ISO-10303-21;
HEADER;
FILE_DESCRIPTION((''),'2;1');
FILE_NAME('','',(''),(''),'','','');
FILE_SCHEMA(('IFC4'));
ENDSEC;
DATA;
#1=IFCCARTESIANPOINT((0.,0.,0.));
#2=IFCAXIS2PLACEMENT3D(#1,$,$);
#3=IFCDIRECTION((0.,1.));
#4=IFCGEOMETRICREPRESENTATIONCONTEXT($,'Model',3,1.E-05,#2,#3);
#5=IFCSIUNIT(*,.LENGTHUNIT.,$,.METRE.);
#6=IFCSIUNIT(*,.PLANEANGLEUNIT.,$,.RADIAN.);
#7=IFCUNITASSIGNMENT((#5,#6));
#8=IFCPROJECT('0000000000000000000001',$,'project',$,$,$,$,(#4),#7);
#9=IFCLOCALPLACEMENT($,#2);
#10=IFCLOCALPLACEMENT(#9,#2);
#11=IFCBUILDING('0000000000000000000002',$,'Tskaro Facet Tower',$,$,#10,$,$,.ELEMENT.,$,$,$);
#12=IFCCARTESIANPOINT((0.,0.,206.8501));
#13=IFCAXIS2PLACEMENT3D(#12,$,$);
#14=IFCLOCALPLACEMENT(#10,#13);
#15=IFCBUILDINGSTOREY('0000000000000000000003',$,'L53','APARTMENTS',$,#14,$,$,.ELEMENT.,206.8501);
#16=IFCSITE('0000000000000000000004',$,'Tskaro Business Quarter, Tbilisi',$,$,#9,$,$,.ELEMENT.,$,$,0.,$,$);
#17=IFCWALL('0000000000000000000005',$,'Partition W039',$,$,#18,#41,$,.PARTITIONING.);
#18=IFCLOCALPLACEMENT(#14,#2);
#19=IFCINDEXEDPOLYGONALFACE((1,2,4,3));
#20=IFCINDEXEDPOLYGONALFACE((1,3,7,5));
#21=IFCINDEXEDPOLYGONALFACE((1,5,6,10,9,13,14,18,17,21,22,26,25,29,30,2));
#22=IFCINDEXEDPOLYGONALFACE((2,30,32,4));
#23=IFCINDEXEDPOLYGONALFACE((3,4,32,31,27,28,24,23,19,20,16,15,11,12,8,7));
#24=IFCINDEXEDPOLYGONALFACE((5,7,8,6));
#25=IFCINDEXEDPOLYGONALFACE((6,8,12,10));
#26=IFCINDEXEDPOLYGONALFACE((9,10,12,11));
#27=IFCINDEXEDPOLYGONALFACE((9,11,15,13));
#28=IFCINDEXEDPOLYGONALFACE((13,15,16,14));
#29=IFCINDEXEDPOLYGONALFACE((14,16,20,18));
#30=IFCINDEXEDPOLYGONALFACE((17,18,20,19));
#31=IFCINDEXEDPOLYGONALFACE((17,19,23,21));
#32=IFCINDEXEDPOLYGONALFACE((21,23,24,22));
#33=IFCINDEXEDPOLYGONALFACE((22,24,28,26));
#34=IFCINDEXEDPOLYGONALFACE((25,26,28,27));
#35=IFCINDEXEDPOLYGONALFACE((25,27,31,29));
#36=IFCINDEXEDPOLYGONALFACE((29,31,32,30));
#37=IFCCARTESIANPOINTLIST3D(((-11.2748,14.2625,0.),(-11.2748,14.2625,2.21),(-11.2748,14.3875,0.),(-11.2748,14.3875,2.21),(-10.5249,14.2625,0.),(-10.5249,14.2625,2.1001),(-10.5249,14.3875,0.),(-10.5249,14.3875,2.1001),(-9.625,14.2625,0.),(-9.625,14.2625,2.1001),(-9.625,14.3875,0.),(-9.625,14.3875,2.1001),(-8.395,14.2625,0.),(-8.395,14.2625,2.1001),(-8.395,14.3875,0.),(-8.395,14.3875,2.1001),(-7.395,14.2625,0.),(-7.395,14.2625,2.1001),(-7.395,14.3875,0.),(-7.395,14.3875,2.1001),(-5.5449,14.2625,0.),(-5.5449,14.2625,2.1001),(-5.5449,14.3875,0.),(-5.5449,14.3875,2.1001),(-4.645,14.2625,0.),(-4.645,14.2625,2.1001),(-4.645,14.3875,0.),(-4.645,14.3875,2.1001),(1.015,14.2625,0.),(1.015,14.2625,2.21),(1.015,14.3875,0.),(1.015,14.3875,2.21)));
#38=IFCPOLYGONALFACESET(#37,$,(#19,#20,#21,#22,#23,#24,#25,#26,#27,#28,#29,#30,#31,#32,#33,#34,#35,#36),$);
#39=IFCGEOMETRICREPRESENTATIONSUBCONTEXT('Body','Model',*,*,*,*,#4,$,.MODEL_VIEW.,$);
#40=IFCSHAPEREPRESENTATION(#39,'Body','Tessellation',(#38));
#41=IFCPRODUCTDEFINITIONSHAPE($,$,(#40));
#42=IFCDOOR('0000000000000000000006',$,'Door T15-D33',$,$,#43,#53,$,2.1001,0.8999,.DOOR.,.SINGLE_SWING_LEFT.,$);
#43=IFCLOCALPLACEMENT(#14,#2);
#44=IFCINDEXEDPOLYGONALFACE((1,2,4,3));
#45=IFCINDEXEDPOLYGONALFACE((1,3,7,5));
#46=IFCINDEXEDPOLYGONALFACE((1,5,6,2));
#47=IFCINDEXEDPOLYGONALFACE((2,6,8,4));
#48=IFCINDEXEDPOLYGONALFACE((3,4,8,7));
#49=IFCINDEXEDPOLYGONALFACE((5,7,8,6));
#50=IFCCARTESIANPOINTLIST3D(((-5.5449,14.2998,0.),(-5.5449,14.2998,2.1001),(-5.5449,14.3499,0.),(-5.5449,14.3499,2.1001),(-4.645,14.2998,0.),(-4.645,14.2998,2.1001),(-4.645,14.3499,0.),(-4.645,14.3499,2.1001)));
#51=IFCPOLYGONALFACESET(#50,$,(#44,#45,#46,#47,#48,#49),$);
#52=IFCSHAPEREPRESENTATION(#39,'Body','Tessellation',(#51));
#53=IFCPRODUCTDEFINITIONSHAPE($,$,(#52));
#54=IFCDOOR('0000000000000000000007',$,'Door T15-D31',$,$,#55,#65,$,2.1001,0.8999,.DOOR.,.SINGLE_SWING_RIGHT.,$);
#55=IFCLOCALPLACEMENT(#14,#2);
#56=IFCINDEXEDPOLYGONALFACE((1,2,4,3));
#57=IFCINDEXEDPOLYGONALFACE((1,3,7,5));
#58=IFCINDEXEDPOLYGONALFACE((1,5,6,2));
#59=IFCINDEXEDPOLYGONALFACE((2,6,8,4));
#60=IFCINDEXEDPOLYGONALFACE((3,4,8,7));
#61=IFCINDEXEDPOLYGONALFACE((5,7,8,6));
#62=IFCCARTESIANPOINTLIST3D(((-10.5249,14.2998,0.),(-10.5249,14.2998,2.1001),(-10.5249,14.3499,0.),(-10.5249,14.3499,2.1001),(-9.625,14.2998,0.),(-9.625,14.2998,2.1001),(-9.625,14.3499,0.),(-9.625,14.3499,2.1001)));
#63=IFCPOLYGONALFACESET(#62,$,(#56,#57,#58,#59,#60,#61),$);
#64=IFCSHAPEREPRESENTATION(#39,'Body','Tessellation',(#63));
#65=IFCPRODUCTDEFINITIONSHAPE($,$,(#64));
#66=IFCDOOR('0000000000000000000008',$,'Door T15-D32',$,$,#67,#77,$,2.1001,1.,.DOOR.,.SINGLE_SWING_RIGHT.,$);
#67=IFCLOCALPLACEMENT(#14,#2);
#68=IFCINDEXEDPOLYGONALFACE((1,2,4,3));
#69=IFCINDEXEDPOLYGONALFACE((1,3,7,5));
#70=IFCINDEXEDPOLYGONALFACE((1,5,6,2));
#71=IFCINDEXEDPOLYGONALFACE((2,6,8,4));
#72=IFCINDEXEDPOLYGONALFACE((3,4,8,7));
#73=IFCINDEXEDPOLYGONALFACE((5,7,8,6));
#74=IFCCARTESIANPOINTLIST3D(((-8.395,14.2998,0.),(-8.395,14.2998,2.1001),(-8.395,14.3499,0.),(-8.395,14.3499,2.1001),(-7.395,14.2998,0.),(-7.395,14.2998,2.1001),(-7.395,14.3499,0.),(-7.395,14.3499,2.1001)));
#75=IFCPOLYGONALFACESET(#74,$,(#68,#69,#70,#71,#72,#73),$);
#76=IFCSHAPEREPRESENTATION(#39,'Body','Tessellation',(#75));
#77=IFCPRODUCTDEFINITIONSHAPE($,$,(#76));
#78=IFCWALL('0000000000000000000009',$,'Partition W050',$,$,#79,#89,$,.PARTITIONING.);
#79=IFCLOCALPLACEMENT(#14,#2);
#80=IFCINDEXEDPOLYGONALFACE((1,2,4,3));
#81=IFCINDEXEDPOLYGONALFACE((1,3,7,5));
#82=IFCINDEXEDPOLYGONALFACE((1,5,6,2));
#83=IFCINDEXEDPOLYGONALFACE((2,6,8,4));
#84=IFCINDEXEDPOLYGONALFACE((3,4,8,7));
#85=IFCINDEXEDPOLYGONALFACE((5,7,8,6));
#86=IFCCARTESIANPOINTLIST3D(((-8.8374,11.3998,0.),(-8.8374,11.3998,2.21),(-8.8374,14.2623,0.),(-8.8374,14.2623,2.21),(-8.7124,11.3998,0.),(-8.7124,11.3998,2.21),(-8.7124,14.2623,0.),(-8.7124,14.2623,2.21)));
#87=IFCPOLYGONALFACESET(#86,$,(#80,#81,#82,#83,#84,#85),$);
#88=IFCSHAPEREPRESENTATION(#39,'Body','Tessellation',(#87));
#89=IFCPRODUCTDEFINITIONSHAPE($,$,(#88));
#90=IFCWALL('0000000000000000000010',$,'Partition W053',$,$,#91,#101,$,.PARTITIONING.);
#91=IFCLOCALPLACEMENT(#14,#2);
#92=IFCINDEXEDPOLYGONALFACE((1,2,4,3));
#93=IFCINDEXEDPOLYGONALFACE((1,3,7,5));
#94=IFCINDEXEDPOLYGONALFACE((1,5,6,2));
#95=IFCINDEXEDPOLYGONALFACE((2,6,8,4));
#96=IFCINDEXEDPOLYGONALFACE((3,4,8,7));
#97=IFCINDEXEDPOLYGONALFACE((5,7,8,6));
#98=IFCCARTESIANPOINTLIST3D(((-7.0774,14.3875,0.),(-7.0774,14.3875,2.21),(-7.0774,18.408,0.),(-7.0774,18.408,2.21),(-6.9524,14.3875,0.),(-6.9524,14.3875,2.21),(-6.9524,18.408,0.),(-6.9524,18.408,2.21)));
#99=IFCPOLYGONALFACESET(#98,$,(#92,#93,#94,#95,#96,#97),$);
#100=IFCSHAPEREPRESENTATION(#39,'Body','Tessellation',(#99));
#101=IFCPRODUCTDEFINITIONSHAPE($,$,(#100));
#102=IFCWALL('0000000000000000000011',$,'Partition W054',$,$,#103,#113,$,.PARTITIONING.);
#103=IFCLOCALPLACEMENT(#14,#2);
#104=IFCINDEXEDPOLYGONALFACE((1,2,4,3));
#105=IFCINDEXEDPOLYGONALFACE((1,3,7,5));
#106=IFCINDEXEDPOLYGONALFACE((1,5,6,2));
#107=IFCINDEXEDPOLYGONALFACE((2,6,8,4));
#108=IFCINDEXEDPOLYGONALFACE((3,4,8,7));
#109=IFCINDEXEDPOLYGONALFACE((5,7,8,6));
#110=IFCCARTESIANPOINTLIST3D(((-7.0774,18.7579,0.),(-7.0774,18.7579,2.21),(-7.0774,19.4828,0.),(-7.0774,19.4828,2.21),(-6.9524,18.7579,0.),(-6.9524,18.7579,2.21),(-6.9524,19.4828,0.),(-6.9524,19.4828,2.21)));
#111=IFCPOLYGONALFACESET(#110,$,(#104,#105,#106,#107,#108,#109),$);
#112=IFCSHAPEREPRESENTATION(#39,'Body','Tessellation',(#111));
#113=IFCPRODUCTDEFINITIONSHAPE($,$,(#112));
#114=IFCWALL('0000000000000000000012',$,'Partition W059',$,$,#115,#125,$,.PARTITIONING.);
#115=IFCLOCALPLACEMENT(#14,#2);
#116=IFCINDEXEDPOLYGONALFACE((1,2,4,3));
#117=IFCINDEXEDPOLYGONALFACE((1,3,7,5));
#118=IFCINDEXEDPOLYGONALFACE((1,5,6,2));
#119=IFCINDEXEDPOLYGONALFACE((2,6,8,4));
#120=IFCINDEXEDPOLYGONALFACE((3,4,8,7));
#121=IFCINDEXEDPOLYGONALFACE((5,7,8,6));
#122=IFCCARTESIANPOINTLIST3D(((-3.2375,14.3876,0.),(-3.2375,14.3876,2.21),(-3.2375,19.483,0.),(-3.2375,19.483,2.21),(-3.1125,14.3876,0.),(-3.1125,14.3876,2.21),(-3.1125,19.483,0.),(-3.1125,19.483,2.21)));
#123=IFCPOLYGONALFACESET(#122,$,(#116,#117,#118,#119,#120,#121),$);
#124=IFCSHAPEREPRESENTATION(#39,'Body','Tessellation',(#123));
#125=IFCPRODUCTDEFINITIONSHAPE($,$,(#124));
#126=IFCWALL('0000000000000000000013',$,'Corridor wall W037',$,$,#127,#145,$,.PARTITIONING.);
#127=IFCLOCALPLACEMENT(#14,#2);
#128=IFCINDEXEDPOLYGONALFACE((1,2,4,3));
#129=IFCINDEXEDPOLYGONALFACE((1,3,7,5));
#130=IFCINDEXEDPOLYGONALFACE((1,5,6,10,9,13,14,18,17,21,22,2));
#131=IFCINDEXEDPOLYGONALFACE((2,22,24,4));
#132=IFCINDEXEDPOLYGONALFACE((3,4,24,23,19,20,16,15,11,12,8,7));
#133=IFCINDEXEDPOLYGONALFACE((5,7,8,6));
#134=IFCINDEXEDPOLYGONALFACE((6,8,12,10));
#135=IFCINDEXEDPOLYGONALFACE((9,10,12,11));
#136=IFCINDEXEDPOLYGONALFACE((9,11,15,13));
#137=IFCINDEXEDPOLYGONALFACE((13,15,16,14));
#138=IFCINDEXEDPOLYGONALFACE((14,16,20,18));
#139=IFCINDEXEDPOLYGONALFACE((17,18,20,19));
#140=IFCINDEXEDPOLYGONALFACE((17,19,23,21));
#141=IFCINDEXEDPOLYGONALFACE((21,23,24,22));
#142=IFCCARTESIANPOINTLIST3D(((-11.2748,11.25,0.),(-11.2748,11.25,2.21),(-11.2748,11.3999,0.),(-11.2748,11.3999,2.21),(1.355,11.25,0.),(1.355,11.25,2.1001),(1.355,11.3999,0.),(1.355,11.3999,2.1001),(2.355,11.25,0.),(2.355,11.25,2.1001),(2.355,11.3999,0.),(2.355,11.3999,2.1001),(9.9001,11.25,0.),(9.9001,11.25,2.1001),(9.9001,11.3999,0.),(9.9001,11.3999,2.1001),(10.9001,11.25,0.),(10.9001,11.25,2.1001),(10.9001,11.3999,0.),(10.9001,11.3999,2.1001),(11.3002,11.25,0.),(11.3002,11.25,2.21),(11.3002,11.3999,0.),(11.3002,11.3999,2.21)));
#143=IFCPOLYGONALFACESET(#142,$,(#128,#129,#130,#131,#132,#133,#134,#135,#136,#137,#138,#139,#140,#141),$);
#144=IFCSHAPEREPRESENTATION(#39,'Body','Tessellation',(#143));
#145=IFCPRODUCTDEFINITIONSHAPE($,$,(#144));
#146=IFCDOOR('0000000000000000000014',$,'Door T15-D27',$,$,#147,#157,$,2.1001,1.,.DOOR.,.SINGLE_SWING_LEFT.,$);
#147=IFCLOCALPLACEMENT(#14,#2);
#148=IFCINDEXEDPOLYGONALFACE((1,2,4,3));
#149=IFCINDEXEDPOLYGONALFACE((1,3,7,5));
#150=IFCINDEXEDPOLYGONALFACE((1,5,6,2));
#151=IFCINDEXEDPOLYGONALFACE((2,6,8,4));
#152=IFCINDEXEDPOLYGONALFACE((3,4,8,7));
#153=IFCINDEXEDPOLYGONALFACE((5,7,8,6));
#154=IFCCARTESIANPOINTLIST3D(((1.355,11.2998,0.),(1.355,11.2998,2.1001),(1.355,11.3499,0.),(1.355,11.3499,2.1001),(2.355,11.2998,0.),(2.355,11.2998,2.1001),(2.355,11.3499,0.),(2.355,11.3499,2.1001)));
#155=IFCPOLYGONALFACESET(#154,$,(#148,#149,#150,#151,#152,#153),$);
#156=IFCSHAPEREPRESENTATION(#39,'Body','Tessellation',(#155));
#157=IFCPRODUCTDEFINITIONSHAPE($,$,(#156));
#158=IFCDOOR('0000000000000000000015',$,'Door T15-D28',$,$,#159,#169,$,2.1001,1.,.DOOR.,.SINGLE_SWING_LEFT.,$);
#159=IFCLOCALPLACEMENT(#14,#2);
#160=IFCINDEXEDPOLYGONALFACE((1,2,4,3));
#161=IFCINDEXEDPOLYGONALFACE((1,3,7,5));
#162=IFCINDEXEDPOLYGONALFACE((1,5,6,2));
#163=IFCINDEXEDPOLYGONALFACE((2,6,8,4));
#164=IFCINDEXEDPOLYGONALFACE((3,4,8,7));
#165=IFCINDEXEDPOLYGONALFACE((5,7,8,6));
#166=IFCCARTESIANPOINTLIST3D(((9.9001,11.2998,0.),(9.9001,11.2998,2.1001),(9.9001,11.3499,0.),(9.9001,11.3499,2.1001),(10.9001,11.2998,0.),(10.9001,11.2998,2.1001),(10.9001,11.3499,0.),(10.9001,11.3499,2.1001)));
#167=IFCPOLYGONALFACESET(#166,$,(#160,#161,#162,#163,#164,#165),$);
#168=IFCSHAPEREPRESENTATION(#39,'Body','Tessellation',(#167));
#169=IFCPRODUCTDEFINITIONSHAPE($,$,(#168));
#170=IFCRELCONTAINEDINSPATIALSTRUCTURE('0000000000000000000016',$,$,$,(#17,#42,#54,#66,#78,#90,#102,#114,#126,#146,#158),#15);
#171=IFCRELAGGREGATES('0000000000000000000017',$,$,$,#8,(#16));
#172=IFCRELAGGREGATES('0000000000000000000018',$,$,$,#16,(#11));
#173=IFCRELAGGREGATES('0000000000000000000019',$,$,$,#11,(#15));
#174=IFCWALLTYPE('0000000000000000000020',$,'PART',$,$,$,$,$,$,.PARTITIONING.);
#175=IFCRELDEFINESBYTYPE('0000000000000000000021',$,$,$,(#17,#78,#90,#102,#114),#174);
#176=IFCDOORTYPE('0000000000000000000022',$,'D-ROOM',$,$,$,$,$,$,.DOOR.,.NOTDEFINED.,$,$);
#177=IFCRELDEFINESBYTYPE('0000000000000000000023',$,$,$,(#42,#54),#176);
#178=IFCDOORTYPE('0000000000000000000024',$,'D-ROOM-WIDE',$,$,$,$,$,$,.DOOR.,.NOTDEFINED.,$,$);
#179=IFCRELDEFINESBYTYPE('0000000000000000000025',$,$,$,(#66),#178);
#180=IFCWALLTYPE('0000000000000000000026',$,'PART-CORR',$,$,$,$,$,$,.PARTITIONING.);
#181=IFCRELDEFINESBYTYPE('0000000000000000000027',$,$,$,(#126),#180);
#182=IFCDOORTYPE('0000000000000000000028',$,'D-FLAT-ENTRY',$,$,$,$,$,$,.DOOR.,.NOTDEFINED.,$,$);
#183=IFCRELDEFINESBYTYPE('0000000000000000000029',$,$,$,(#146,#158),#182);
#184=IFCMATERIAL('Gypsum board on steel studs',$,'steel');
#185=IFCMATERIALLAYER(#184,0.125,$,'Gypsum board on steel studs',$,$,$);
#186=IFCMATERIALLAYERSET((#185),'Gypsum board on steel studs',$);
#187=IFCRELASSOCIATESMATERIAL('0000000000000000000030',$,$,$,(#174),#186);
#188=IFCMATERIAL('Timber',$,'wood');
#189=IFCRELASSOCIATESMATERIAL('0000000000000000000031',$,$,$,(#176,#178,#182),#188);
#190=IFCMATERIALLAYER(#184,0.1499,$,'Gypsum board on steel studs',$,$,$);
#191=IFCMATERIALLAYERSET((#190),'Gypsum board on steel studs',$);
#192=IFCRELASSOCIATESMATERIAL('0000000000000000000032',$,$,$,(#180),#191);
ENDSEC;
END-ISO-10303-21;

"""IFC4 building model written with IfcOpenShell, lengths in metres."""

from ifc_helpers import new_model, si_unit, direction, frame, frame_2d, origin, place, context, subcontext, project, spatial, rectangle, extrude, material, layer, layer_set, type_object, element, fill, save


model = new_model("IFC4")

# Units and contexts
model_context = context("Model", 3, precision=1e-05, world=origin(), true_north=direction((0.0, 1.0)))
body_context = subcontext(model_context, "Body", "Model", "MODEL_VIEW")
ifc_project = project(units=[si_unit("LENGTHUNIT", "METRE"), si_unit("PLANEANGLEUNIT", "RADIAN")], contexts=[model_context])

# Site, building, storey
site_placement = place(None, origin())
site = spatial("IfcSite", under=ifc_project, at=site_placement, Name="Tskaro Business Quarter, Tbilisi", CompositionType="ELEMENT", RefElevation=0.0)
building_placement = place(site_placement, origin())
building = spatial("IfcBuilding", under=site, at=building_placement, Name="Tskaro Facet Tower", CompositionType="ELEMENT")
storey_placement = place(building_placement, frame((0.0, 0.0, 206.8501)))
storey = spatial("IfcBuildingStorey", under=building, at=storey_placement, Name="L53", Description="APARTMENTS", CompositionType="ELEMENT", Elevation=206.8501)

# Wall, openings, doors
ifc_material_1 = material(Name="Gypsum board on steel studs", Category="steel")
ifc_layer_1 = layer(ifc_material_1, 0.125, Name="Gypsum board on steel studs")
ifc_layer_set_1 = layer_set([ifc_layer_1], Name="Gypsum board on steel studs")
wall_type_1 = type_object("IfcWallType", Name="PART", PredefinedType="PARTITIONING", material=ifc_layer_set_1)
wall_1_placement = place(storey_placement, frame((-11.2749, 14.325, 0.0), z_axis=(0.0, 0.0, 1.0), x_axis=(1.0, 0.0, 0.0)))
wall_1 = element("IfcWall", 1, at=wall_1_placement, inside=storey, type_object=wall_type_1, Name="Partition W039", PredefinedType="PARTITIONING", context=body_context, shape_type="SweptSolid", body=[
    extrude(rectangle(XDim=12.2898, YDim=0.125, at=frame_2d((6.145, 0.0))), origin(), (0.0, 0.0, 1.0), 2.21),
])
opening_1_placement = place(wall_1_placement, frame((5.73, 0.0, 0.0)))
opening_1 = element("IfcOpeningElement", 2, at=opening_1_placement, cuts=wall_1, PredefinedType="OPENING", context=body_context, shape_type="SweptSolid", body=[
    extrude(rectangle(XDim=0.8999, YDim=2.1001, at=frame_2d((0.45, 1.05))), frame((0.0, 0.0725, 0.0), z_axis=(0.0, -1.0, 0.0), x_axis=(1.0, 0.0, 0.0)), (0.0, 0.0, 1.0), 0.145),
])
opening_2_placement = place(wall_1_placement, frame((2.8799, 0.0, 0.0)))
opening_2 = element("IfcOpeningElement", 3, at=opening_2_placement, cuts=wall_1, PredefinedType="OPENING", context=body_context, shape_type="SweptSolid", body=[
    extrude(rectangle(XDim=1.0, YDim=2.1001, at=frame_2d((0.5, 1.05))), frame((0.0, 0.0725, 0.0), z_axis=(0.0, -1.0, 0.0), x_axis=(1.0, 0.0, 0.0)), (0.0, 0.0, 1.0), 0.145),
])
opening_3_placement = place(wall_1_placement, frame((0.75, 0.0, 0.0)))
opening_3 = element("IfcOpeningElement", 4, at=opening_3_placement, cuts=wall_1, PredefinedType="OPENING", context=body_context, shape_type="SweptSolid", body=[
    extrude(rectangle(XDim=0.8999, YDim=2.1001, at=frame_2d((0.45, 1.05))), frame((0.0, 0.0725, 0.0), z_axis=(0.0, -1.0, 0.0), x_axis=(1.0, 0.0, 0.0)), (0.0, 0.0, 1.0), 0.145),
])
ifc_material_2 = material(Name="Timber", Category="wood")
door_type_1 = type_object("IfcDoorType", Name="D-ROOM", OperationType="NOTDEFINED", PredefinedType="DOOR", material=ifc_material_2)
door_1_placement = place(opening_1_placement, origin())
door_1 = element("IfcDoor", 5, at=door_1_placement, inside=storey, type_object=door_type_1, Name="Door T15-D33", OperationType="SINGLE_SWING_LEFT", OverallHeight=2.1001, OverallWidth=0.8999, PredefinedType="DOOR", context=body_context, shape_type="SweptSolid", body=[
    extrude(rectangle(XDim=0.8999, YDim=2.1001, at=frame_2d((0.45, 1.05))), frame((0.0, 0.0249, 0.0), z_axis=(0.0, -1.0, 0.0), x_axis=(1.0, 0.0, 0.0)), (0.0, 0.0, 1.0), 0.05),
])
fill(opening_1, door_1)
door_2_placement = place(opening_3_placement, origin())
door_2 = element("IfcDoor", 6, at=door_2_placement, inside=storey, type_object=door_type_1, Name="Door T15-D31", OperationType="SINGLE_SWING_RIGHT", OverallHeight=2.1001, OverallWidth=0.8999, PredefinedType="DOOR", context=body_context, shape_type="SweptSolid", body=[
    extrude(rectangle(XDim=0.8999, YDim=2.1001, at=frame_2d((0.45, 1.05))), frame((0.0, 0.0249, 0.0), z_axis=(0.0, -1.0, 0.0), x_axis=(1.0, 0.0, 0.0)), (0.0, 0.0, 1.0), 0.05),
])
fill(opening_3, door_2)
door_type_2 = type_object("IfcDoorType", Name="D-ROOM-WIDE", OperationType="NOTDEFINED", PredefinedType="DOOR", material=ifc_material_2)
door_3_placement = place(opening_2_placement, origin())
door_3 = element("IfcDoor", 7, at=door_3_placement, inside=storey, type_object=door_type_2, Name="Door T15-D32", OperationType="SINGLE_SWING_RIGHT", OverallHeight=2.1001, OverallWidth=1.0, PredefinedType="DOOR", context=body_context, shape_type="SweptSolid", body=[
    extrude(rectangle(XDim=1.0, YDim=2.1001, at=frame_2d((0.5, 1.05))), frame((0.0, 0.0249, 0.0), z_axis=(0.0, -1.0, 0.0), x_axis=(1.0, 0.0, 0.0)), (0.0, 0.0, 1.0), 0.05),
])
fill(opening_2, door_3)

# Walls
wall_2_placement = place(storey_placement, frame((-8.7749, 11.3999, 0.0), z_axis=(0.0, 0.0, 1.0), x_axis=(0.0, 1.0, 0.0)))
element("IfcWall", 8, at=wall_2_placement, inside=storey, type_object=wall_type_1, Name="Partition W050", PredefinedType="PARTITIONING", context=body_context, shape_type="SweptSolid", body=[
    extrude(rectangle(XDim=2.8625, YDim=0.125, at=frame_2d((1.4312, 0.0))), origin(), (0.0, 0.0, 1.0), 2.21),
])
wall_3_placement = place(storey_placement, frame((-7.0149, 14.3875, 0.0), z_axis=(0.0, 0.0, 1.0), x_axis=(0.0, 1.0, 0.0)))
element("IfcWall", 9, at=wall_3_placement, inside=storey, type_object=wall_type_1, Name="Partition W053", PredefinedType="PARTITIONING", context=body_context, shape_type="SweptSolid", body=[
    extrude(rectangle(XDim=4.0205, YDim=0.125, at=frame_2d((2.0103, 0.0))), origin(), (0.0, 0.0, 1.0), 2.21),
])
wall_4_placement = place(storey_placement, frame((-7.0149, 18.7581, 0.0), z_axis=(0.0, 0.0, 1.0), x_axis=(0.0, 1.0, 0.0)))
element("IfcWall", 10, at=wall_4_placement, inside=storey, type_object=wall_type_1, Name="Partition W054", PredefinedType="PARTITIONING", context=body_context, shape_type="SweptSolid", body=[
    extrude(rectangle(XDim=0.7249, YDim=0.125, at=frame_2d((0.3623, 0.0))), origin(), (0.0, 0.0, 1.0), 2.21),
])
wall_5_placement = place(storey_placement, frame((-3.175, 14.3875, 0.0), z_axis=(0.0, 0.0, 1.0), x_axis=(0.0, 1.0, 0.0)))
element("IfcWall", 11, at=wall_5_placement, inside=storey, type_object=wall_type_1, Name="Partition W059", PredefinedType="PARTITIONING", context=body_context, shape_type="SweptSolid", body=[
    extrude(rectangle(XDim=5.0955, YDim=0.125, at=frame_2d((2.5479, 0.0))), origin(), (0.0, 0.0, 1.0), 2.21),
])

# Wall, openings, doors
ifc_layer_2 = layer(ifc_material_1, 0.1499, Name="Gypsum board on steel studs")
ifc_layer_set_2 = layer_set([ifc_layer_2], Name="Gypsum board on steel studs")
wall_type_2 = type_object("IfcWallType", Name="PART-CORR", PredefinedType="PARTITIONING", material=ifc_layer_set_2)
wall_6_placement = place(storey_placement, frame((-11.2749, 11.325, 0.0), z_axis=(0.0, 0.0, 1.0), x_axis=(1.0, 0.0, 0.0)))
wall_6 = element("IfcWall", 12, at=wall_6_placement, inside=storey, type_object=wall_type_2, Name="Corridor wall W037", PredefinedType="PARTITIONING", context=body_context, shape_type="SweptSolid", body=[
    extrude(rectangle(XDim=22.575, YDim=0.1499, at=frame_2d((11.2876, 0.0))), origin(), (0.0, 0.0, 1.0), 2.21),
])
opening_4_placement = place(wall_6_placement, frame((12.6299, 0.0, 0.0)))
opening_4 = element("IfcOpeningElement", 13, at=opening_4_placement, cuts=wall_6, PredefinedType="OPENING", context=body_context, shape_type="SweptSolid", body=[
    extrude(rectangle(XDim=1.0, YDim=2.1001, at=frame_2d((0.5, 1.05))), frame((0.0, 0.085, 0.0), z_axis=(0.0, -1.0, 0.0), x_axis=(1.0, 0.0, 0.0)), (0.0, 0.0, 1.0), 0.1699),
])
opening_5_placement = place(wall_6_placement, frame((21.175, 0.0, 0.0)))
opening_5 = element("IfcOpeningElement", 14, at=opening_5_placement, cuts=wall_6, PredefinedType="OPENING", context=body_context, shape_type="SweptSolid", body=[
    extrude(rectangle(XDim=1.0, YDim=2.1001, at=frame_2d((0.5, 1.05))), frame((0.0, 0.085, 0.0), z_axis=(0.0, -1.0, 0.0), x_axis=(1.0, 0.0, 0.0)), (0.0, 0.0, 1.0), 0.1699),
])
door_type_3 = type_object("IfcDoorType", Name="D-FLAT-ENTRY", OperationType="NOTDEFINED", PredefinedType="DOOR", material=ifc_material_2)
door_4_placement = place(opening_4_placement, origin())
door_4 = element("IfcDoor", 15, at=door_4_placement, inside=storey, type_object=door_type_3, Name="Door T15-D27", OperationType="SINGLE_SWING_LEFT", OverallHeight=2.1001, OverallWidth=1.0, PredefinedType="DOOR", context=body_context, shape_type="SweptSolid", body=[
    extrude(rectangle(XDim=1.0, YDim=2.1001, at=frame_2d((0.5, 1.05))), frame((0.0, 0.0249, 0.0), z_axis=(0.0, -1.0, 0.0), x_axis=(1.0, 0.0, 0.0)), (0.0, 0.0, 1.0), 0.05),
])
fill(opening_4, door_4)
door_5_placement = place(opening_5_placement, origin())
door_5 = element("IfcDoor", 16, at=door_5_placement, inside=storey, type_object=door_type_3, Name="Door T15-D28", OperationType="SINGLE_SWING_LEFT", OverallHeight=2.1001, OverallWidth=1.0, PredefinedType="DOOR", context=body_context, shape_type="SweptSolid", body=[
    extrude(rectangle(XDim=1.0, YDim=2.1001, at=frame_2d((0.5, 1.05))), frame((0.0, 0.0249, 0.0), z_axis=(0.0, -1.0, 0.0), x_axis=(1.0, 0.0, 0.0)), (0.0, 0.0, 1.0), 0.05),
])
fill(opening_5, door_5)

save(model, "model.ifc")
